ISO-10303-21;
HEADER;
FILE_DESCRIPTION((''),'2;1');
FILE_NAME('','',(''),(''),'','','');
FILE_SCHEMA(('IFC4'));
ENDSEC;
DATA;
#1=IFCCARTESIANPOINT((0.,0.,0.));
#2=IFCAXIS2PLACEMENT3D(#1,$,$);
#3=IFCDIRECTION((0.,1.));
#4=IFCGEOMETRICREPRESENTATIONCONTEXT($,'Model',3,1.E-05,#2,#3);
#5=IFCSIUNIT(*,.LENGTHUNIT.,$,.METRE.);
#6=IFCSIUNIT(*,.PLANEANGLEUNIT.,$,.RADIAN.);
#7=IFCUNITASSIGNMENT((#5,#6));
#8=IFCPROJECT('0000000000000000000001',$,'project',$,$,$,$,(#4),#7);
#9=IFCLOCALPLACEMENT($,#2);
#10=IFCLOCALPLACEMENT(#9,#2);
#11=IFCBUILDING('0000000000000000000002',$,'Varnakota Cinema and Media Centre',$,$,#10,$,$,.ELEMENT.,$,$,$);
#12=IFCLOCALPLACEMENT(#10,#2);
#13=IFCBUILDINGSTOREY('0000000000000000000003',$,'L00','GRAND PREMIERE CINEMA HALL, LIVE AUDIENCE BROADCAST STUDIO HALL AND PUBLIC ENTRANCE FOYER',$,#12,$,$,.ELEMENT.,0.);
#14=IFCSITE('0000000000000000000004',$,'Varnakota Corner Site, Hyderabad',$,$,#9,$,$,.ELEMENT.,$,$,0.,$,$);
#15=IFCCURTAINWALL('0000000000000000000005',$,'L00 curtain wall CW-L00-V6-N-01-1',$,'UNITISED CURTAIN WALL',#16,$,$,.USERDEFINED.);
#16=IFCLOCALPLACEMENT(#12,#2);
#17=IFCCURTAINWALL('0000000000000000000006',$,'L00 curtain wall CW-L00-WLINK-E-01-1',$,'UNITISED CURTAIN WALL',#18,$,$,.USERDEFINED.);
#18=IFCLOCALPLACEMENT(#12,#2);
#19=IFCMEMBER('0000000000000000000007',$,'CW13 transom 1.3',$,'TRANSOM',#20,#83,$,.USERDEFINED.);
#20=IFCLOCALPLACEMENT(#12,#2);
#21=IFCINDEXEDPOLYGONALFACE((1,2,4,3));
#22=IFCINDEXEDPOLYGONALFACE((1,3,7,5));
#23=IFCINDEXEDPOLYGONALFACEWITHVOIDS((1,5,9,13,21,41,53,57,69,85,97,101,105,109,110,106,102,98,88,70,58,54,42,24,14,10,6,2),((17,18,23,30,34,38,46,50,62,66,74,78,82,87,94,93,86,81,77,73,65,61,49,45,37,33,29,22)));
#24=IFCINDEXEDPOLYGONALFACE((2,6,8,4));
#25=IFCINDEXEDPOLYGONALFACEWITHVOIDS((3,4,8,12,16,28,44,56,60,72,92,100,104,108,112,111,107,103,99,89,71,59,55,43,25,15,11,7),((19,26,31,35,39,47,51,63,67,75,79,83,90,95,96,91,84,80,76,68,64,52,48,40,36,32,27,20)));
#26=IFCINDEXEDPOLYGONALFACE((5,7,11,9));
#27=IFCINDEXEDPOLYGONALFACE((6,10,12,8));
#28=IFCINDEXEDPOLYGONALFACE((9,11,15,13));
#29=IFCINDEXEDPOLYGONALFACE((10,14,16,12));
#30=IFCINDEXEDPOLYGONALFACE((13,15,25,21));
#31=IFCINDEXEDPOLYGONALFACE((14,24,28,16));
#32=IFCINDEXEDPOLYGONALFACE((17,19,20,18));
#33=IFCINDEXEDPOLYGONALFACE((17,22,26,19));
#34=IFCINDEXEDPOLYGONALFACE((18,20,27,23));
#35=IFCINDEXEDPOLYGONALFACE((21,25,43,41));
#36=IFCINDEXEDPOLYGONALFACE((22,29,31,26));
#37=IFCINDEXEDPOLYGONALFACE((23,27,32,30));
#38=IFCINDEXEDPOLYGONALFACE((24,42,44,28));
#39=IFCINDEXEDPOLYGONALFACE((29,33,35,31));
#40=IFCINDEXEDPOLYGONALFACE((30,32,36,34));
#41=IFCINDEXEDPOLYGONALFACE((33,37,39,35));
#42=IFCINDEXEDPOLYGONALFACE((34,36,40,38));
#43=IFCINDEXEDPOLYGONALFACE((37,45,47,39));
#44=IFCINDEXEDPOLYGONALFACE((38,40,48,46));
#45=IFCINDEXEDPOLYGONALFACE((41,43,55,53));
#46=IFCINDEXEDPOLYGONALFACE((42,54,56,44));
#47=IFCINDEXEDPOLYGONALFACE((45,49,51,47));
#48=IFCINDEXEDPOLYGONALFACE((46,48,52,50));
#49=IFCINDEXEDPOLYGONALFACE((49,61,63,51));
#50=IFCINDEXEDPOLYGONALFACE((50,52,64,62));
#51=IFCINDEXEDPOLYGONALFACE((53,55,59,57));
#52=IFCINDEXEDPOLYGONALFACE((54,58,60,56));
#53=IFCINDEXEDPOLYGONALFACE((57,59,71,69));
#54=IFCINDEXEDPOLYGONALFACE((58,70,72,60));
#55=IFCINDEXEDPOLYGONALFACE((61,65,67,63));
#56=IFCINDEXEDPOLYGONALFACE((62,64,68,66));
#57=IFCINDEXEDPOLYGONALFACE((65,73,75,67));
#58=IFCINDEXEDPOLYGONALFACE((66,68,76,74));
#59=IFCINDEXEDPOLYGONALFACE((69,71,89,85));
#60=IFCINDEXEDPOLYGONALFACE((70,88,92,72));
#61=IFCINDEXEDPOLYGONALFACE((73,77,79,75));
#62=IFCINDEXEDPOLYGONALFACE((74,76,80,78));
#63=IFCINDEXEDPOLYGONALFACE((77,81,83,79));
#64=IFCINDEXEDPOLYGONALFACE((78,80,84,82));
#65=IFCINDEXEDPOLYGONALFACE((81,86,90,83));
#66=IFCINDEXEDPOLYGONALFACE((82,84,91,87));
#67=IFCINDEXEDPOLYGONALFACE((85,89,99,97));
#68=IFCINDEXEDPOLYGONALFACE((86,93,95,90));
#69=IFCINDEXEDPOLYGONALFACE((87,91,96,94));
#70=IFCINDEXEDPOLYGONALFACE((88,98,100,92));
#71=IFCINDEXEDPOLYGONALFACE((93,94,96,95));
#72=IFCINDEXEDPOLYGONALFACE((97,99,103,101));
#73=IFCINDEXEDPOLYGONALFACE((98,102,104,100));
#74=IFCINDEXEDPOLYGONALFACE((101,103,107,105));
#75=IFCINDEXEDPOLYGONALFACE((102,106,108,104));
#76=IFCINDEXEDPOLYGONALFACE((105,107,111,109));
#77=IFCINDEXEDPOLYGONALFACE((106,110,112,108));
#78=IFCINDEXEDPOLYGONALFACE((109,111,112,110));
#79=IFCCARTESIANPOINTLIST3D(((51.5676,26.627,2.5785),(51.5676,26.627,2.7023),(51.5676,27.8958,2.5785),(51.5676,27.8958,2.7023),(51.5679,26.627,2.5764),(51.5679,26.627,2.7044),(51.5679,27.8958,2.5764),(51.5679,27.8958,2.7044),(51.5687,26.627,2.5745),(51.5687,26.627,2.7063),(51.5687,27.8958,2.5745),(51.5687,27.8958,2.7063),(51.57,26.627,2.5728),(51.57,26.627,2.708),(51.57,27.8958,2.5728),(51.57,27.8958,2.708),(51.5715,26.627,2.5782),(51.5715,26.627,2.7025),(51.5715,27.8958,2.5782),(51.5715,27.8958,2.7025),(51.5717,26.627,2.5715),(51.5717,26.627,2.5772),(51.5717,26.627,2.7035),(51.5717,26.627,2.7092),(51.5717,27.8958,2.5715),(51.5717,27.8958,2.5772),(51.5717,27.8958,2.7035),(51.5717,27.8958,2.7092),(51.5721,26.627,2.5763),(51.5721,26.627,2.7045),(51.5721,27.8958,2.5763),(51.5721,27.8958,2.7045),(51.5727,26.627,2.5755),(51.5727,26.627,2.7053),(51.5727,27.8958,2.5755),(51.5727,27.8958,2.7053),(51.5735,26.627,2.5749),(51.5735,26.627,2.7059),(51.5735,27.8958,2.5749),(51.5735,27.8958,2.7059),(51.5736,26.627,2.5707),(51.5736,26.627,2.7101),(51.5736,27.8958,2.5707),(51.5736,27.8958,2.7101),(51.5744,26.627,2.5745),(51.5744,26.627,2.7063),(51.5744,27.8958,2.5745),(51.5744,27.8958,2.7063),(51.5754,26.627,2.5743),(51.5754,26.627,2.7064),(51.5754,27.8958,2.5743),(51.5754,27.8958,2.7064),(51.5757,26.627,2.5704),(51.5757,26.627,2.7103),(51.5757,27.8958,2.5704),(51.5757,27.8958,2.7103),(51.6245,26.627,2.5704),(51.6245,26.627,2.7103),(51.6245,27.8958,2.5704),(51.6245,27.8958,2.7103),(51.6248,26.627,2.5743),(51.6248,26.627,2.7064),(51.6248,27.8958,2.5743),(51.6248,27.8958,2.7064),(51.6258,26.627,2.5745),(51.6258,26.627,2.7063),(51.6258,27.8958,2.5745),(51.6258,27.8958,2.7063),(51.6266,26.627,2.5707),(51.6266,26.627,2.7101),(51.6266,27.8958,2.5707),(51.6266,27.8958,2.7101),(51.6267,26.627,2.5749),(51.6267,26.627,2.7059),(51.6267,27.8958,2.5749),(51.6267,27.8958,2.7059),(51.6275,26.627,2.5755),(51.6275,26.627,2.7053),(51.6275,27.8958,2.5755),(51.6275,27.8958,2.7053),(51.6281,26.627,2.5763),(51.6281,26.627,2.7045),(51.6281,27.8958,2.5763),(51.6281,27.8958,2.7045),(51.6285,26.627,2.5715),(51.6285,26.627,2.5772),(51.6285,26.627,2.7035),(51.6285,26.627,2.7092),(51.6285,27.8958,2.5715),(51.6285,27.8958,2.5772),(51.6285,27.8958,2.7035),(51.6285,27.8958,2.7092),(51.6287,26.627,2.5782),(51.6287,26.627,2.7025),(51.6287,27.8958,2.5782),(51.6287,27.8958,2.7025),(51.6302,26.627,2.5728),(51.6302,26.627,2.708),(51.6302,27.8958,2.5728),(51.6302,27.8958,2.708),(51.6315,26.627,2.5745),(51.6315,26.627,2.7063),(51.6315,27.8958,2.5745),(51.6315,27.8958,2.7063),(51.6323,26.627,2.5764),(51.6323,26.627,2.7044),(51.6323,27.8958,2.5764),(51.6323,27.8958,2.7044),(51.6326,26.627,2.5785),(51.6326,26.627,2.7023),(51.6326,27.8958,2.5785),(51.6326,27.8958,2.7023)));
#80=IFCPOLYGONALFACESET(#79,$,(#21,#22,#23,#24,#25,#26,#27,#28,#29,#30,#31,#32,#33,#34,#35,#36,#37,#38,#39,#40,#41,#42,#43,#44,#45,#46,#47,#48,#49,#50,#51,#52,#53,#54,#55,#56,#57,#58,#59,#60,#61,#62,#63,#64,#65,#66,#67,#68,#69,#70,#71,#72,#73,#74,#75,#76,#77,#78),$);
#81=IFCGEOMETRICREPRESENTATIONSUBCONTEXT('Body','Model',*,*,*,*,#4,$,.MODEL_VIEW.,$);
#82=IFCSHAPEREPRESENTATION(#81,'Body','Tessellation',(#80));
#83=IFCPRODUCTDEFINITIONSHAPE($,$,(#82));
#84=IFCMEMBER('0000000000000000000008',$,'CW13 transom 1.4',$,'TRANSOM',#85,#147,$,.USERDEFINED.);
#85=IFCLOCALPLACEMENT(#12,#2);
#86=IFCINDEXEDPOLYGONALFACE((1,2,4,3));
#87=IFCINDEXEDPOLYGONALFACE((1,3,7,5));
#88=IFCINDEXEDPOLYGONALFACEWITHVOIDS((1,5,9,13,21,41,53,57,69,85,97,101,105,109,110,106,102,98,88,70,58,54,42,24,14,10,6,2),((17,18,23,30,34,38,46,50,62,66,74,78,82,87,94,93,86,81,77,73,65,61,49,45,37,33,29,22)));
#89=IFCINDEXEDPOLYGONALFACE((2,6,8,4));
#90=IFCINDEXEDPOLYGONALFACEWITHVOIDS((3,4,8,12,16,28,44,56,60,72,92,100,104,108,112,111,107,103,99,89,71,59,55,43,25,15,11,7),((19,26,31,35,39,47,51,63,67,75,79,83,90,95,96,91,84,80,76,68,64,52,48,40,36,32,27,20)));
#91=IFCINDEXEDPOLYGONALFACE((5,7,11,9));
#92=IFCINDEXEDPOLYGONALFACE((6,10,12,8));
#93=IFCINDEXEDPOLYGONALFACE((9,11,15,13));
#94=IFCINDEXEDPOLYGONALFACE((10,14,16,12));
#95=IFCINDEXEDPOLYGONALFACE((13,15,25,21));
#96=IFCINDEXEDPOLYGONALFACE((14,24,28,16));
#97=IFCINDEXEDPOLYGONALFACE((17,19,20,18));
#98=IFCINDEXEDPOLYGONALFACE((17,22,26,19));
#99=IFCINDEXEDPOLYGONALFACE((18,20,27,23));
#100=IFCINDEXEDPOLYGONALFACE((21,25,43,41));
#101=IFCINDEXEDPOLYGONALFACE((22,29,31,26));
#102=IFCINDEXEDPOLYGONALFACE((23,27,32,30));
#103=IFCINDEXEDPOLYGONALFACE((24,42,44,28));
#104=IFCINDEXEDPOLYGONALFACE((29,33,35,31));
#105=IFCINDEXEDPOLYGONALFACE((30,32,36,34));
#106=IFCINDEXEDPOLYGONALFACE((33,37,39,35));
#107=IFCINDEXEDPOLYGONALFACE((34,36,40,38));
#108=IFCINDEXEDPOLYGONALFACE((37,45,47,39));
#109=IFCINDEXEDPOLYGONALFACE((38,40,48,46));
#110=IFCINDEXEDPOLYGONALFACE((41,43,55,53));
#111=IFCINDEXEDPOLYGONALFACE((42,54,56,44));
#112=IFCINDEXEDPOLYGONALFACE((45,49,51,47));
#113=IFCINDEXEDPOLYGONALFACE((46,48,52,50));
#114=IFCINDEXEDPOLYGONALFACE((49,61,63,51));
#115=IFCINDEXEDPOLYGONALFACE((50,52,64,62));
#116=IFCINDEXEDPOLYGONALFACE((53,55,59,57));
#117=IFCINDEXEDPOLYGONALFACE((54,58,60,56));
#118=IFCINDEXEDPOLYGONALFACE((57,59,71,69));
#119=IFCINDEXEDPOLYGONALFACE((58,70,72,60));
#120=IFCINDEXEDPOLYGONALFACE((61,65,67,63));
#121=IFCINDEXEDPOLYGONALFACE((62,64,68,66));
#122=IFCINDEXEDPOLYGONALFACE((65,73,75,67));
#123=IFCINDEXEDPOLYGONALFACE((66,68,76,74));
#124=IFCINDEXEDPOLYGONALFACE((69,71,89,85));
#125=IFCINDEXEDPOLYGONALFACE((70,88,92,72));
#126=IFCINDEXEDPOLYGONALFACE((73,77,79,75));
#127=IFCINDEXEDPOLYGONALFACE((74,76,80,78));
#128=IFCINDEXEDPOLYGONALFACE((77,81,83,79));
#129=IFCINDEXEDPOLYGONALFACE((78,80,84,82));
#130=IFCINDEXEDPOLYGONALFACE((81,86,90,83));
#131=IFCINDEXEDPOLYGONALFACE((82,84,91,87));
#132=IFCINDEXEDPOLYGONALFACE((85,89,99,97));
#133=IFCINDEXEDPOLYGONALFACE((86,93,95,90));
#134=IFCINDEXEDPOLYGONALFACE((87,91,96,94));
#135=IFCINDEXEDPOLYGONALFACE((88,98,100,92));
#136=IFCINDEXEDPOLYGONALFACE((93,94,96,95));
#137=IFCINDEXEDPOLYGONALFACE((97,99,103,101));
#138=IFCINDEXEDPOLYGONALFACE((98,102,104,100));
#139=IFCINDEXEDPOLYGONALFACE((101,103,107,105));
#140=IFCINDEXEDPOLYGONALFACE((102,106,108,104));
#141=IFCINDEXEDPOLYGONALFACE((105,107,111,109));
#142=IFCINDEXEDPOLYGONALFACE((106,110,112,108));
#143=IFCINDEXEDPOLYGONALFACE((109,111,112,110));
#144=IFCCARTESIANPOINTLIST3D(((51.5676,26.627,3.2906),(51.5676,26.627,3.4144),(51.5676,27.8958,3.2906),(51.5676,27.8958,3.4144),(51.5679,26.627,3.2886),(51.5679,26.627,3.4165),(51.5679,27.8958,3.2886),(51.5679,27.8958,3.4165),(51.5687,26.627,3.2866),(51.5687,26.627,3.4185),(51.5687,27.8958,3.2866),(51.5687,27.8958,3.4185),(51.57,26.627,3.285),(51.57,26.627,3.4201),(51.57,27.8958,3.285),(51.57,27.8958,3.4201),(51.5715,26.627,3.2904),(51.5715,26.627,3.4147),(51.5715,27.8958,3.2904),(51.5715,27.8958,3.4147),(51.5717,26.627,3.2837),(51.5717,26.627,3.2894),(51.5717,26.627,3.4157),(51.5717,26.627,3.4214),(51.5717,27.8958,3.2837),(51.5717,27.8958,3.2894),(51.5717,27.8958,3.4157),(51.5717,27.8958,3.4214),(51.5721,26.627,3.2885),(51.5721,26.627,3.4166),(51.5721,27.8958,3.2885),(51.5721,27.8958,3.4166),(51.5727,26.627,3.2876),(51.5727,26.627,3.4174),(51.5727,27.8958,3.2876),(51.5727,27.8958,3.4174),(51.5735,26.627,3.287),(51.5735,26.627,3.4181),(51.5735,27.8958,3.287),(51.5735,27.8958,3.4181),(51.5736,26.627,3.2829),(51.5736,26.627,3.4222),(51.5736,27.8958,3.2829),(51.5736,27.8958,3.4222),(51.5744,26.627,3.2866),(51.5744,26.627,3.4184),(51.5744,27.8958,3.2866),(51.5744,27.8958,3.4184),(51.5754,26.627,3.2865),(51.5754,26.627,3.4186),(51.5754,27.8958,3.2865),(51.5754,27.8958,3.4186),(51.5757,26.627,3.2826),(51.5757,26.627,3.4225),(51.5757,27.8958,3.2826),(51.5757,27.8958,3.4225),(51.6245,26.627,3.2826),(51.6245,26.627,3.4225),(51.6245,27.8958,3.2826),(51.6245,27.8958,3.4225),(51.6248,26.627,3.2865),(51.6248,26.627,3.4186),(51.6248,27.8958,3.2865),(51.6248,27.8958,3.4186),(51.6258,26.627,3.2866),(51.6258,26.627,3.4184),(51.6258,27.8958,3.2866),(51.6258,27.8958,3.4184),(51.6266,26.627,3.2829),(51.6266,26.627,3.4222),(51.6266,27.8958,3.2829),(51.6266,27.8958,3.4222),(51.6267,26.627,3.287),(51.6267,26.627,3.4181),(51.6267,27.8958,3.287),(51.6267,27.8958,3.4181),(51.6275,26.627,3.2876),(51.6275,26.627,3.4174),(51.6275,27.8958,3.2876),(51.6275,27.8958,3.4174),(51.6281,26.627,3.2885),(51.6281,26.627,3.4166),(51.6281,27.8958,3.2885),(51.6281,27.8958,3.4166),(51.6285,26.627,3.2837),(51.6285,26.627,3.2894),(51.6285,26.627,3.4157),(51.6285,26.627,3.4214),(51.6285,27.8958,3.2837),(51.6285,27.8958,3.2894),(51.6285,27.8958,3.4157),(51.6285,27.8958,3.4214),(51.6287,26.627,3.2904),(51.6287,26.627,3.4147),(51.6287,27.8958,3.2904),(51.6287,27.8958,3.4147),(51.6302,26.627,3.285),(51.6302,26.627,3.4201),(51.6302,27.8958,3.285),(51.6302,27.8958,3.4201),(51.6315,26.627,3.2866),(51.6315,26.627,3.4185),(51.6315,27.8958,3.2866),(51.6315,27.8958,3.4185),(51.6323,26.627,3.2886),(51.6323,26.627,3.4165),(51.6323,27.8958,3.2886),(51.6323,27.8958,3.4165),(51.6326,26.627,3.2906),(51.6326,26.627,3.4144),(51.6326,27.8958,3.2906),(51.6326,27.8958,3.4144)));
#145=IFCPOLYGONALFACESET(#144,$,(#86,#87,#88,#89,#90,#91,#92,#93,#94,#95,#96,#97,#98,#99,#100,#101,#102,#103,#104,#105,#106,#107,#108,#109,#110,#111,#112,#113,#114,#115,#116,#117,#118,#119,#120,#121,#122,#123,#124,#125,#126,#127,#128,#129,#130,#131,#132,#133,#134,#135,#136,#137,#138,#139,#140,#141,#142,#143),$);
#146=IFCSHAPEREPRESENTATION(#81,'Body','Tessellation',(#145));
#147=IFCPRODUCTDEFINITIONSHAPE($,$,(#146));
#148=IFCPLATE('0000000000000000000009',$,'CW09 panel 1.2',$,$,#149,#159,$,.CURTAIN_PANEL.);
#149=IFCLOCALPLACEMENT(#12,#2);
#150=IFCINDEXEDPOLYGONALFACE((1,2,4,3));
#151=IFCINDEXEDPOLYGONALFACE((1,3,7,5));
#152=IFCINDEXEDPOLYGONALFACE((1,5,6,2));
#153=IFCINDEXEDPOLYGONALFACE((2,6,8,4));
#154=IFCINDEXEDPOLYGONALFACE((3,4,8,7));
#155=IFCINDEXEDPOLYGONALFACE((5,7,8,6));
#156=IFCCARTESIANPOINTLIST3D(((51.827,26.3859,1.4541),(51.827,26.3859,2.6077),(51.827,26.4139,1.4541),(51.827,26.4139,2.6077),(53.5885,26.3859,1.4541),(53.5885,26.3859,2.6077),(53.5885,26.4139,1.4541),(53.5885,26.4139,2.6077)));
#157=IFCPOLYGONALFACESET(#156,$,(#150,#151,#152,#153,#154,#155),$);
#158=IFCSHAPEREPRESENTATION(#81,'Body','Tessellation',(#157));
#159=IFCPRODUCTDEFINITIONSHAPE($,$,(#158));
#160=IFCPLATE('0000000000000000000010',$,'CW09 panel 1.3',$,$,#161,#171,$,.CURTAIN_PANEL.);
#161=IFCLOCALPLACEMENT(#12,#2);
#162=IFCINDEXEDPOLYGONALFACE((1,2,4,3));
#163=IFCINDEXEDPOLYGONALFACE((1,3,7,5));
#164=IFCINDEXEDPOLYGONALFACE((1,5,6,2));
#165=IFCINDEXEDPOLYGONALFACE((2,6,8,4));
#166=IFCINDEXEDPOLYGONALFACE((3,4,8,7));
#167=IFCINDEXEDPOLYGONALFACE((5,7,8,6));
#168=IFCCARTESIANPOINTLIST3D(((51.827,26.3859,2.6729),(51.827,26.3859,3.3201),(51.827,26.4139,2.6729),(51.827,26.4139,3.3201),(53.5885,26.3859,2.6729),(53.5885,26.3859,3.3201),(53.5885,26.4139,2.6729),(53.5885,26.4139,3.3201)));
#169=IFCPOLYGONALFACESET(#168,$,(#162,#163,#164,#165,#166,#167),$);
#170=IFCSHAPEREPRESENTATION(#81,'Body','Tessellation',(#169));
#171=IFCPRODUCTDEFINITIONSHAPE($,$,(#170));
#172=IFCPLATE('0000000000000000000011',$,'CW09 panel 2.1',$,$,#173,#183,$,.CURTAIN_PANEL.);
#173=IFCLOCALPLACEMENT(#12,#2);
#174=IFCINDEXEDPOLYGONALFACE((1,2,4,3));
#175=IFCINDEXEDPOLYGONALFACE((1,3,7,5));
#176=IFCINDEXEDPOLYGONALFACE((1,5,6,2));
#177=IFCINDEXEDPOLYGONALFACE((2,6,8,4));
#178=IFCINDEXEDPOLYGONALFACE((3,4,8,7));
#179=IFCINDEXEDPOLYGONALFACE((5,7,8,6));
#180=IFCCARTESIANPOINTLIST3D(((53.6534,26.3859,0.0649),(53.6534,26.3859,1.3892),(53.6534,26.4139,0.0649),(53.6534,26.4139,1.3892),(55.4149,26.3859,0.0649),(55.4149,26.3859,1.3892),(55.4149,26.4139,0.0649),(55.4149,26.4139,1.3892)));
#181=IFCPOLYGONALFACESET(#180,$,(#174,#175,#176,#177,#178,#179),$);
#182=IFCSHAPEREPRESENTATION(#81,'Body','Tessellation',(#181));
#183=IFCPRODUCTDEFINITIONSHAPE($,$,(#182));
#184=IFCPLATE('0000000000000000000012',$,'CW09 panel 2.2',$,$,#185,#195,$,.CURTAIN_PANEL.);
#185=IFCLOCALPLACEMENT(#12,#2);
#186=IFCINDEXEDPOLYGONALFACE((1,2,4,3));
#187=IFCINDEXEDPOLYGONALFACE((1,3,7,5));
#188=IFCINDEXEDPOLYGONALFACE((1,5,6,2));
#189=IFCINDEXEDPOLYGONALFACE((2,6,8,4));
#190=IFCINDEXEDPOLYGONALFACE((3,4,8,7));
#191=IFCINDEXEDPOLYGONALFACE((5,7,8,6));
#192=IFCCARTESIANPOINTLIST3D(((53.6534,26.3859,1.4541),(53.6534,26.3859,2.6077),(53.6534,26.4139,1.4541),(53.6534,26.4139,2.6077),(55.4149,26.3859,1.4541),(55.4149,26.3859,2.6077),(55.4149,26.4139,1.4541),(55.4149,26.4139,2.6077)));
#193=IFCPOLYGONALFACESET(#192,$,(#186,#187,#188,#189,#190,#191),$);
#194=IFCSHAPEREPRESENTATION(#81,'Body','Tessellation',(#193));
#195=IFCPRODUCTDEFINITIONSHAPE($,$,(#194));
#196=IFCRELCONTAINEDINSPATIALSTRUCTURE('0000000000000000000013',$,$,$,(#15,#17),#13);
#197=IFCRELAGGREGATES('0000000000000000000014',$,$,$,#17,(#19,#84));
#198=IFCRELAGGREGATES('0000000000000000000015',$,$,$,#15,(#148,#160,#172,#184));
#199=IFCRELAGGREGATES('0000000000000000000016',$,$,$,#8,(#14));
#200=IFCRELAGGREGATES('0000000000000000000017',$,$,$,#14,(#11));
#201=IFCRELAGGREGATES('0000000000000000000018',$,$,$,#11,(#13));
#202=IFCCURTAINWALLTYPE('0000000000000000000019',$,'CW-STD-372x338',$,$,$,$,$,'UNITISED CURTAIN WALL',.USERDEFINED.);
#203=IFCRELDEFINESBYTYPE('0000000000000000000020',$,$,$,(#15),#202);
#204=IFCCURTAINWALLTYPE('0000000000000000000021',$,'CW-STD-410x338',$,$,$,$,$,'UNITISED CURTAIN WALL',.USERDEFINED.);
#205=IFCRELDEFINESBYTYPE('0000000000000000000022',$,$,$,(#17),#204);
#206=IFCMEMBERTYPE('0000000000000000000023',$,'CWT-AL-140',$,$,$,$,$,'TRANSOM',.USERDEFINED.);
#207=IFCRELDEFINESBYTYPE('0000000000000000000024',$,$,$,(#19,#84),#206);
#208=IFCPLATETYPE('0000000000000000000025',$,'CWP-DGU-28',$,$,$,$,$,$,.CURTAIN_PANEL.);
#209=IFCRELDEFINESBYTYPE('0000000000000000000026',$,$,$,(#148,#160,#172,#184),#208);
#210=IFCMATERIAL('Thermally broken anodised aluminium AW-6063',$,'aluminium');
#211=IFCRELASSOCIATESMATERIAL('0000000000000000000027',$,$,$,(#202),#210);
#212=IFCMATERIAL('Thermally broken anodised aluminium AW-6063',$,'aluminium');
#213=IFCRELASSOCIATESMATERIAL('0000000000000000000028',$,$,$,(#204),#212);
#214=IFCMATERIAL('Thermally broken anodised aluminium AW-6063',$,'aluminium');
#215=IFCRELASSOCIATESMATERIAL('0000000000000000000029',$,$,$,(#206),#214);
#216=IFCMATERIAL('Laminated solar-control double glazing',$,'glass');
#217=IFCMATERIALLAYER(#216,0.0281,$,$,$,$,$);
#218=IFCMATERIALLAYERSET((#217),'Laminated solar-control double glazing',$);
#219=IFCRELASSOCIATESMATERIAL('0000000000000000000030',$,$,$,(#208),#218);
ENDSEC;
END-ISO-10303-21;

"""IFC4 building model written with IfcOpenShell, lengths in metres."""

from ifc_helpers import new_model, si_unit, direction, frame, origin, origin_2d, place, context, subcontext, project, spatial, rectangle, hollow_rectangle, extrude, material, layer, layer_set, material_profile, profile_set, type_object, element, aggregate, save


model = new_model("IFC4")

# Units and contexts
model_context = context("Model", 3, precision=1e-05, world=origin(), true_north=direction((0.0, 1.0)))
body_context = subcontext(model_context, "Body", "Model", "MODEL_VIEW")
ifc_project = project(units=[si_unit("LENGTHUNIT", "METRE"), si_unit("PLANEANGLEUNIT", "RADIAN")], contexts=[model_context])

# Site, building, storey
site_placement = place(None, origin())
site = spatial("IfcSite", under=ifc_project, at=site_placement, Name="Varnakota Corner Site, Hyderabad", CompositionType="ELEMENT", RefElevation=0.0)
building_placement = place(site_placement, origin())
building = spatial("IfcBuilding", under=site, at=building_placement, Name="Varnakota Cinema and Media Centre", CompositionType="ELEMENT")
storey_placement = place(building_placement, origin())
storey = spatial("IfcBuildingStorey", under=building, at=storey_placement, Name="L00", Description="GRAND PREMIERE CINEMA HALL, LIVE AUDIENCE BROADCAST STUDIO HALL AND PUBLIC ENTRANCE FOYER", CompositionType="ELEMENT", Elevation=0.0)

# Curtain wall
ifc_material_1 = material(Name="Thermally broken anodised aluminium AW-6063", Category="aluminium")
curtain_wall_type_1 = type_object("IfcCurtainWallType", Name="CW-STD-372x338", ElementType="UNITISED CURTAIN WALL", PredefinedType="USERDEFINED", material=ifc_material_1)
curtain_wall_1_placement = place(storey_placement, origin())
curtain_wall_1 = element("IfcCurtainWall", 1, at=curtain_wall_1_placement, inside=storey, type_object=curtain_wall_type_1, Name="L00 curtain wall CW-L00-V6-N-01-1", ObjectType="UNITISED CURTAIN WALL", PredefinedType="USERDEFINED")

# Curtain wall
ifc_material_2 = material(Name="Thermally broken anodised aluminium AW-6063", Category="aluminium")
curtain_wall_type_2 = type_object("IfcCurtainWallType", Name="CW-STD-410x338", ElementType="UNITISED CURTAIN WALL", PredefinedType="USERDEFINED", material=ifc_material_2)
curtain_wall_2_placement = place(storey_placement, origin())
curtain_wall_2 = element("IfcCurtainWall", 2, at=curtain_wall_2_placement, inside=storey, type_object=curtain_wall_type_2, Name="L00 curtain wall CW-L00-WLINK-E-01-1", ObjectType="UNITISED CURTAIN WALL", PredefinedType="USERDEFINED")

# Members
ifc_material_3 = material(Name="Thermally broken anodised aluminium AW-6063", Category="aluminium")
ifc_material_profile_1 = material_profile(ifc_material_3, hollow_rectangle(XDim=0.0649, YDim=0.1399, WallThickness=0.0039, InnerFilletRadius=0.0039, OuterFilletRadius=0.0081, at=origin_2d()), Name="AL-TRANSOM 140x65x4")
ifc_profile_set_1 = profile_set([ifc_material_profile_1], Name="Thermally broken anodised aluminium AW-6063")
member_type_1 = type_object("IfcMemberType", Name="CWT-AL-140", ElementType="TRANSOM", PredefinedType="USERDEFINED", material=ifc_profile_set_1)
member_1_placement = place(storey_placement, frame((51.6001, 26.627, 2.6404), z_axis=(0.0, 1.0, 0.0), x_axis=(-1.0, 0.0, 0.0)))
member_1 = element("IfcMember", 3, at=member_1_placement, type_object=member_type_1, Name="CW13 transom 1.3", ObjectType="TRANSOM", PredefinedType="USERDEFINED", context=body_context, shape_type="SweptSolid", body=[
    extrude(hollow_rectangle(XDim=0.0649, YDim=0.1399, WallThickness=0.0039, InnerFilletRadius=0.0039, OuterFilletRadius=0.0081, at=origin_2d()), origin(), (0.0, 0.0, 1.0), 1.2688),
])
member_2_placement = place(storey_placement, frame((51.6001, 26.627, 3.3525), z_axis=(0.0, 1.0, 0.0), x_axis=(-1.0, 0.0, 0.0)))
member_2 = element("IfcMember", 4, at=member_2_placement, type_object=member_type_1, Name="CW13 transom 1.4", ObjectType="TRANSOM", PredefinedType="USERDEFINED", context=body_context, shape_type="SweptSolid", body=[
    extrude(hollow_rectangle(XDim=0.0649, YDim=0.1399, WallThickness=0.0039, InnerFilletRadius=0.0039, OuterFilletRadius=0.0081, at=origin_2d()), origin(), (0.0, 0.0, 1.0), 1.2688),
])
aggregate(curtain_wall_2, [member_1, member_2])

# Plates
ifc_material_4 = material(Name="Laminated solar-control double glazing", Category="glass")
ifc_layer = layer(ifc_material_4, 0.0281)
ifc_layer_set = layer_set([ifc_layer], Name="Laminated solar-control double glazing")
plate_type = type_object("IfcPlateType", Name="CWP-DGU-28", PredefinedType="CURTAIN_PANEL", material=ifc_layer_set)
plate_1_placement = place(storey_placement, frame((52.7078, 26.3999, 1.4541), z_axis=(0.0, 0.0, 1.0), x_axis=(1.0, 0.0, 0.0)))
plate_1 = element("IfcPlate", 5, at=plate_1_placement, type_object=plate_type, Name="CW09 panel 1.2", PredefinedType="CURTAIN_PANEL", context=body_context, shape_type="SweptSolid", body=[
    extrude(rectangle(XDim=1.7615, YDim=0.0281, at=origin_2d()), origin(), (0.0, 0.0, 1.0), 1.1536),
])
plate_2_placement = place(storey_placement, frame((52.7078, 26.3999, 2.6729), z_axis=(0.0, 0.0, 1.0), x_axis=(1.0, 0.0, 0.0)))
plate_2 = element("IfcPlate", 6, at=plate_2_placement, type_object=plate_type, Name="CW09 panel 1.3", PredefinedType="CURTAIN_PANEL", context=body_context, shape_type="SweptSolid", body=[
    extrude(rectangle(XDim=1.7615, YDim=0.0281, at=origin_2d()), origin(), (0.0, 0.0, 1.0), 0.6472),
])
plate_3_placement = place(storey_placement, frame((54.5342, 26.3999, 0.0649), z_axis=(0.0, 0.0, 1.0), x_axis=(1.0, 0.0, 0.0)))
plate_3 = element("IfcPlate", 7, at=plate_3_placement, type_object=plate_type, Name="CW09 panel 2.1", PredefinedType="CURTAIN_PANEL", context=body_context, shape_type="SweptSolid", body=[
    extrude(rectangle(XDim=1.7615, YDim=0.0281, at=origin_2d()), origin(), (0.0, 0.0, 1.0), 1.3242),
])
plate_4_placement = place(storey_placement, frame((54.5342, 26.3999, 1.4541), z_axis=(0.0, 0.0, 1.0), x_axis=(1.0, 0.0, 0.0)))
plate_4 = element("IfcPlate", 8, at=plate_4_placement, type_object=plate_type, Name="CW09 panel 2.2", PredefinedType="CURTAIN_PANEL", context=body_context, shape_type="SweptSolid", body=[
    extrude(rectangle(XDim=1.7615, YDim=0.0281, at=origin_2d()), origin(), (0.0, 0.0, 1.0), 1.1536),
])
aggregate(curtain_wall_1, [plate_1, plate_2, plate_3, plate_4])

save(model, "model.ifc")
